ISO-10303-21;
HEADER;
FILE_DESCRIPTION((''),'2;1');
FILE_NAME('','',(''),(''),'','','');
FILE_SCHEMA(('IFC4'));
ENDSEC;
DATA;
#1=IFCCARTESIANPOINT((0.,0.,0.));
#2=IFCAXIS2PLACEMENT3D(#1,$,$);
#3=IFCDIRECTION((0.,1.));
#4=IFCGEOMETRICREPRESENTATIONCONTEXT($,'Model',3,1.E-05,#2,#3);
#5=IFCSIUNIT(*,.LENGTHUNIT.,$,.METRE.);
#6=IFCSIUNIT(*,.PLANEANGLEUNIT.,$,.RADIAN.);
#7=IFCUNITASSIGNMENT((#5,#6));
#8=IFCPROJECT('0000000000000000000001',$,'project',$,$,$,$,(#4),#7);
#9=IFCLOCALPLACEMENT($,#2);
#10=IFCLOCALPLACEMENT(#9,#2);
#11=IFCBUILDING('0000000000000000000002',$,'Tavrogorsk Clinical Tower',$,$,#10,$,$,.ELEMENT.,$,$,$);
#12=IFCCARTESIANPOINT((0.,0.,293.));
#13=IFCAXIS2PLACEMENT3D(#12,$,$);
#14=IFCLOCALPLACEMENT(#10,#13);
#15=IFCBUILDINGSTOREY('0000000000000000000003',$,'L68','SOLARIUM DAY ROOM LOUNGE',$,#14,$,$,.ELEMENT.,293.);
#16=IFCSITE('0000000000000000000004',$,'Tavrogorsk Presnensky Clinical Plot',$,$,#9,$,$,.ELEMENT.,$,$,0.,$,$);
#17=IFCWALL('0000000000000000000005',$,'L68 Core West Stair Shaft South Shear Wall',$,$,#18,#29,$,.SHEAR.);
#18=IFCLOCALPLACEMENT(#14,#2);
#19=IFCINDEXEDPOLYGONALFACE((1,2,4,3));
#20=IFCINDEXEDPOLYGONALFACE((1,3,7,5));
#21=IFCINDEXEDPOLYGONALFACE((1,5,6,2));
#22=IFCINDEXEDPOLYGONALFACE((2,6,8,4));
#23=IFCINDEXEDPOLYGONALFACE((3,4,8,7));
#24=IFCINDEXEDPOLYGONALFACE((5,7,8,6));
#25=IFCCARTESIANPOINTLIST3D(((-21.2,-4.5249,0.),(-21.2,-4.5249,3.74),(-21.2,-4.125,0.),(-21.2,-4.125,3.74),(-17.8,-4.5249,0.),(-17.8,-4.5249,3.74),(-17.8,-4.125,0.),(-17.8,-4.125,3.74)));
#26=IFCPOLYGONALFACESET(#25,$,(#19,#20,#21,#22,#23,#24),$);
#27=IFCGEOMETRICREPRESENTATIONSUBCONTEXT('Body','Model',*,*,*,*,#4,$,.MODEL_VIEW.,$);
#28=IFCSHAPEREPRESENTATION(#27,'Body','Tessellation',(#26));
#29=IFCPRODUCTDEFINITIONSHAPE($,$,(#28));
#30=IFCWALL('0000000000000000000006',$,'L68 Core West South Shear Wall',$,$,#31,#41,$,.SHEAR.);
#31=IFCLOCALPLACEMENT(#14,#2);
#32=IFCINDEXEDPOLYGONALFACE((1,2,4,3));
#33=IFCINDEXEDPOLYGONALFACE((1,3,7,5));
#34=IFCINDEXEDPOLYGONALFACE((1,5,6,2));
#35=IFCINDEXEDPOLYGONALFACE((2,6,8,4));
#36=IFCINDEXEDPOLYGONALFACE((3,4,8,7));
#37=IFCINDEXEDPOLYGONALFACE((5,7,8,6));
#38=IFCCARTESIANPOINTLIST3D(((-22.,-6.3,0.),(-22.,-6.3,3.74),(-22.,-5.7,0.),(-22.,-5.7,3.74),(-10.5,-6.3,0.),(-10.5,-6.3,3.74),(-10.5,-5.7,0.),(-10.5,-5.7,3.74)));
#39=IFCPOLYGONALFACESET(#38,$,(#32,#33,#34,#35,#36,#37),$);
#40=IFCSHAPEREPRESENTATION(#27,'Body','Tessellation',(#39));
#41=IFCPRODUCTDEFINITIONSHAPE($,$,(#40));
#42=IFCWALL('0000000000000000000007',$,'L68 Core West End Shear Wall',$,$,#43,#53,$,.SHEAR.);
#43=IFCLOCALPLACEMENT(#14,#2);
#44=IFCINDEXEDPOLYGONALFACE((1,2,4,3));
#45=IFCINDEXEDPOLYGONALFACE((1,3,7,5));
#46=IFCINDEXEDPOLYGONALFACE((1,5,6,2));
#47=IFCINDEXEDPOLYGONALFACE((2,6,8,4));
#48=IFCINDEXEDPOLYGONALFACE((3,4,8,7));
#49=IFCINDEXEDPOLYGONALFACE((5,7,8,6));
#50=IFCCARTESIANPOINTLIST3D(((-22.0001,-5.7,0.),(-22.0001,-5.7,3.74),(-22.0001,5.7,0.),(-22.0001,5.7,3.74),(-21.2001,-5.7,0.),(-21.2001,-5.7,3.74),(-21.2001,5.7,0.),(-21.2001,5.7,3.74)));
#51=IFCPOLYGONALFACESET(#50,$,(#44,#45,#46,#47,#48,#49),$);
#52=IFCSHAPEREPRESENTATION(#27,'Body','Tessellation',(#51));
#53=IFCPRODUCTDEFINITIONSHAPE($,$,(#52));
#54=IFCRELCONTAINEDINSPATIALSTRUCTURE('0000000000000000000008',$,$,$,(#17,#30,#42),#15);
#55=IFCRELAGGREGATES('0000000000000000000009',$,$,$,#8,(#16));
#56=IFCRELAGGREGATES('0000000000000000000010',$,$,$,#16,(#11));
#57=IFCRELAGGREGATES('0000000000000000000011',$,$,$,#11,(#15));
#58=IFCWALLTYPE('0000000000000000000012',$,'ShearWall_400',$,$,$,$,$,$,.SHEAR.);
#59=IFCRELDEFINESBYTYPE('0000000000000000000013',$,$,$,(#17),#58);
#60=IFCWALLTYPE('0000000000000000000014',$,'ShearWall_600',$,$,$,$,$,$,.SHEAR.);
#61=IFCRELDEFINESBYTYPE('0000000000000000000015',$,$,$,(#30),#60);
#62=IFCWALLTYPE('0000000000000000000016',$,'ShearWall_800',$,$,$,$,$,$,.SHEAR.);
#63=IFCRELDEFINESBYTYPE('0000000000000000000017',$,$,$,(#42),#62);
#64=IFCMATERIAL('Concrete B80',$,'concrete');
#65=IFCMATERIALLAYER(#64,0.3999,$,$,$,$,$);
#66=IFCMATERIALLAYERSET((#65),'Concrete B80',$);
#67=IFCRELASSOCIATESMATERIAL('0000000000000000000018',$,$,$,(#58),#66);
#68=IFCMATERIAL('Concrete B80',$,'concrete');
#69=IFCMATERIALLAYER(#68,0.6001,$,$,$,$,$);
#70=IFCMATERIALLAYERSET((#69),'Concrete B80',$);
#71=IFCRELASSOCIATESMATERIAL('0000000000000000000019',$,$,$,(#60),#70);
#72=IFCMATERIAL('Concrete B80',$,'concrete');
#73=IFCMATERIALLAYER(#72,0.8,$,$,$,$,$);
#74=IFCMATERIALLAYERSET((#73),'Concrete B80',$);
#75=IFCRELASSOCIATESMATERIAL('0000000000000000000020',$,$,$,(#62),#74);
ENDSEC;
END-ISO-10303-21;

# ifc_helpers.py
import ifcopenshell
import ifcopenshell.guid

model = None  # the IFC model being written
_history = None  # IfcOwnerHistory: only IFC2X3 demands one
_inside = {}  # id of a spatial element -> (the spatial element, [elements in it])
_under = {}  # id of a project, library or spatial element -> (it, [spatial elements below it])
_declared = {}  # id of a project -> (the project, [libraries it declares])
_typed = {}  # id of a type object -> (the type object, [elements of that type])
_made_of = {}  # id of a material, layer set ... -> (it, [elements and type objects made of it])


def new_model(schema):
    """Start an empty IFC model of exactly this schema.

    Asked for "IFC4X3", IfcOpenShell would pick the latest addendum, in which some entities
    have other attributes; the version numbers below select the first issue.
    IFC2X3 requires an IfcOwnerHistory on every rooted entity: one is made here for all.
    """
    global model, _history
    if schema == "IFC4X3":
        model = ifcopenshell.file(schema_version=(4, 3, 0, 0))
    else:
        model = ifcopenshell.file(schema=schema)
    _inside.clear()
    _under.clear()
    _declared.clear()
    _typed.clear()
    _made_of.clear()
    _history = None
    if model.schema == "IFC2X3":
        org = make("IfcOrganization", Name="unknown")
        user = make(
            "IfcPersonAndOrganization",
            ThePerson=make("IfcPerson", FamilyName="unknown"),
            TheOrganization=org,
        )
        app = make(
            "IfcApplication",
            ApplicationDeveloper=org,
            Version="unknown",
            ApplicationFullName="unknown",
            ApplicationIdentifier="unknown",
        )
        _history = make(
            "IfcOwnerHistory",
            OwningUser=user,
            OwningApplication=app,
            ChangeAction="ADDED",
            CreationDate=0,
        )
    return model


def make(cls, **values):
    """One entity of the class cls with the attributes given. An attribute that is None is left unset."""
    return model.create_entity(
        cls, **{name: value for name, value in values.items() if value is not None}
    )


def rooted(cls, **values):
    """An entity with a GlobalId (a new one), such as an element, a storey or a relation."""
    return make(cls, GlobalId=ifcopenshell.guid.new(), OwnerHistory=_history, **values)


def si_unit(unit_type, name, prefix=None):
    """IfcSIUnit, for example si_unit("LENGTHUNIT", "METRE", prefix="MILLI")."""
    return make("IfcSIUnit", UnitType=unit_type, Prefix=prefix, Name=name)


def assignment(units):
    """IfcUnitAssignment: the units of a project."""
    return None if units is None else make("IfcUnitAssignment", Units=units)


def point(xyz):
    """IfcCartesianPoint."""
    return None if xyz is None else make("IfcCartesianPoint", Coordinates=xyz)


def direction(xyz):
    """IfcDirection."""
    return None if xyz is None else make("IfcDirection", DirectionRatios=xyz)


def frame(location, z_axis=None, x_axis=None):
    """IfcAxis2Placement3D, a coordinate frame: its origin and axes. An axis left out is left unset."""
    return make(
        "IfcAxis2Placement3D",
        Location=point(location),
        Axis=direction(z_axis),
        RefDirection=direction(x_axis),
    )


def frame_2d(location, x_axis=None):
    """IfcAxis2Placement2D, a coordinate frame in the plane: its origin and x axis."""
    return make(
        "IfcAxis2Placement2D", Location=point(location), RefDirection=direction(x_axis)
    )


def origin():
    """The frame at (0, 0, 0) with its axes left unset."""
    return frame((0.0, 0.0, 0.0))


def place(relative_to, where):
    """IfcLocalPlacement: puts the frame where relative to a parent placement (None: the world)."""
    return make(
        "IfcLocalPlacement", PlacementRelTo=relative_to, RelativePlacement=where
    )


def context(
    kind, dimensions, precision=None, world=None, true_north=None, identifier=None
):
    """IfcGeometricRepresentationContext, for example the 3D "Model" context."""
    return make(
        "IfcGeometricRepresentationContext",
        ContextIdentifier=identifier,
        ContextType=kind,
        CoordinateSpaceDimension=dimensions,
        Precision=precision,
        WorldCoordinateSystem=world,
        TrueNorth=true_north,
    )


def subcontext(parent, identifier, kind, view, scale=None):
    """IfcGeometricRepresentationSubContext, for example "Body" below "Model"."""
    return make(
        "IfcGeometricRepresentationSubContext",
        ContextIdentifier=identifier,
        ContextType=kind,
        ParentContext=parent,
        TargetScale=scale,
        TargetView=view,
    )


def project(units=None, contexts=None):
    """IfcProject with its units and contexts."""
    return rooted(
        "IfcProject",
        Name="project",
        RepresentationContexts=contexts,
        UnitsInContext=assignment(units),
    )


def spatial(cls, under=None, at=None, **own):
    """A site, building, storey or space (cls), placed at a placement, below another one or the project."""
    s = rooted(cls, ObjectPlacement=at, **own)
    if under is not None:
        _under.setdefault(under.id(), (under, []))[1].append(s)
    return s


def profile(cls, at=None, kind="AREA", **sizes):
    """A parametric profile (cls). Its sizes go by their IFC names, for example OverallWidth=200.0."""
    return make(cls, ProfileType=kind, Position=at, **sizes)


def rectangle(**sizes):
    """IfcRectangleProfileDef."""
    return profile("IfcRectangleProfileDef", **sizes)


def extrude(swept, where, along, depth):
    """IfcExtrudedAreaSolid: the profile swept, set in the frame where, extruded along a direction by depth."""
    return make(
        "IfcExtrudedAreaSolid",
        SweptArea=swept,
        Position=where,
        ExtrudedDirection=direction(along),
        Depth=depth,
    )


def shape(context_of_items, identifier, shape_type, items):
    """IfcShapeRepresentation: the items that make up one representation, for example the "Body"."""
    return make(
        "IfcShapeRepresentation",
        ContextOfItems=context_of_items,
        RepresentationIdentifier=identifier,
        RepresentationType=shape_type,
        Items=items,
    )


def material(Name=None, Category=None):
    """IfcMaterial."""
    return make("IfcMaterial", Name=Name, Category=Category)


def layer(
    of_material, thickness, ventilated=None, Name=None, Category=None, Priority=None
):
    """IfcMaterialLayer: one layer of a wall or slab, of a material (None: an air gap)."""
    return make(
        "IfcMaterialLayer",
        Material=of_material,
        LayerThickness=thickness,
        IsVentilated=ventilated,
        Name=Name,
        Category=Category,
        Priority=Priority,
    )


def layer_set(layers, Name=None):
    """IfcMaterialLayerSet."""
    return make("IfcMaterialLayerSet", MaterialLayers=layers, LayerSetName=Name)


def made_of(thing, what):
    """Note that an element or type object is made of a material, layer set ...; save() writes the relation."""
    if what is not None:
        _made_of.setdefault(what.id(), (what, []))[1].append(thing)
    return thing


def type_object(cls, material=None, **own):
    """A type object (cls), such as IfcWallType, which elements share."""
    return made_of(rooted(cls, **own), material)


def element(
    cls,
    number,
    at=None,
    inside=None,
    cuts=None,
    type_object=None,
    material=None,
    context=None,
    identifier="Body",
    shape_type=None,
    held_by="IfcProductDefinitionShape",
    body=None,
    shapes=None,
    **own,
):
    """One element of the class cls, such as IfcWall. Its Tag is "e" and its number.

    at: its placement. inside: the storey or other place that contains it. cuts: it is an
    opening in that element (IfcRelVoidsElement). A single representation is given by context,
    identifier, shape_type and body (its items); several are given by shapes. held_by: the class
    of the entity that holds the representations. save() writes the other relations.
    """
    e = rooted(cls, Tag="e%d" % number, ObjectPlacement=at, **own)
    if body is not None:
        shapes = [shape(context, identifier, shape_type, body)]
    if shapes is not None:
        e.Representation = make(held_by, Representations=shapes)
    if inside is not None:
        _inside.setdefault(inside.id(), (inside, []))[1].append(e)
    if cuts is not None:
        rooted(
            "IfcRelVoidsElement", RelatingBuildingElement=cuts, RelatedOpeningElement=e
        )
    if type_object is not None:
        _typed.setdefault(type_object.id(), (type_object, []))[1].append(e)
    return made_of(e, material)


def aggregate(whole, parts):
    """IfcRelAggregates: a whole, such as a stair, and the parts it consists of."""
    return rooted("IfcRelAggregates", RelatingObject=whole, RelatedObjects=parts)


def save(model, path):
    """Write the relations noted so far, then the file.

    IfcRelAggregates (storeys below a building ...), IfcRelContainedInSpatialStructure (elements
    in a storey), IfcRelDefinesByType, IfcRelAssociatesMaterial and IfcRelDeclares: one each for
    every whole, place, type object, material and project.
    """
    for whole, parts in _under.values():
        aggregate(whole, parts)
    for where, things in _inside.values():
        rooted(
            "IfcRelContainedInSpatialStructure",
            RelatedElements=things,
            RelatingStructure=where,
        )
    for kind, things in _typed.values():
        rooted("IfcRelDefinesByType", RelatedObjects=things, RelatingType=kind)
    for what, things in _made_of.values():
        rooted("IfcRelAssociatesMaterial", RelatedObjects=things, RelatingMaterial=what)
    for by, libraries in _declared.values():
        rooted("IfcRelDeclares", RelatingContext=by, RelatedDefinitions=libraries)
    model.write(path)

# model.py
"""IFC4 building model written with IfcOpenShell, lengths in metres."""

from ifc_helpers import new_model, si_unit, direction, frame, frame_2d, origin, place, context, subcontext, project, spatial, rectangle, extrude, material, layer, layer_set, type_object, element, save


model = new_model("IFC4")

# Units and contexts
model_context = context("Model", 3, precision=1e-05, world=origin(), true_north=direction((0.0, 1.0)))
body_context = subcontext(model_context, "Body", "Model", "MODEL_VIEW")
ifc_project = project(units=[si_unit("LENGTHUNIT", "METRE"), si_unit("PLANEANGLEUNIT", "RADIAN")], contexts=[model_context])

# Site, building, storey
site_placement = place(None, origin())
site = spatial("IfcSite", under=ifc_project, at=site_placement, Name="Tavrogorsk Presnensky Clinical Plot", CompositionType="ELEMENT", RefElevation=0.0)
building_placement = place(site_placement, origin())
building = spatial("IfcBuilding", under=site, at=building_placement, Name="Tavrogorsk Clinical Tower", CompositionType="ELEMENT")
storey_placement = place(building_placement, frame((0.0, 0.0, 293.0)))
storey = spatial("IfcBuildingStorey", under=building, at=storey_placement, Name="L68", Description="SOLARIUM DAY ROOM LOUNGE", CompositionType="ELEMENT", Elevation=293.0)

# Walls
ifc_material_1 = material(Name="Concrete B80", Category="concrete")
ifc_layer_1 = layer(ifc_material_1, 0.3999)
ifc_layer_set_1 = layer_set([ifc_layer_1], Name="Concrete B80")
wall_type_1 = type_object("IfcWallType", Name="ShearWall_400", PredefinedType="SHEAR", material=ifc_layer_set_1)
wall_1_placement = place(storey_placement, frame((-21.2, -4.325, 0.0), z_axis=(0.0, 0.0, 1.0), x_axis=(1.0, 0.0, 0.0)))
element("IfcWall", 1, at=wall_1_placement, inside=storey, type_object=wall_type_1, Name="L68 Core West Stair Shaft South Shear Wall", PredefinedType="SHEAR", context=body_context, shape_type="SweptSolid", body=[
    extrude(rectangle(XDim=3.3999, YDim=0.3999, at=frame_2d((1.7, 0.0))), origin(), (0.0, 0.0, 1.0), 3.74),
])
ifc_material_2 = material(Name="Concrete B80", Category="concrete")
ifc_layer_2 = layer(ifc_material_2, 0.6001)
ifc_layer_set_2 = layer_set([ifc_layer_2], Name="Concrete B80")
wall_type_2 = type_object("IfcWallType", Name="ShearWall_600", PredefinedType="SHEAR", material=ifc_layer_set_2)
wall_2_placement = place(storey_placement, frame((-22.0, -6.0, 0.0), z_axis=(0.0, 0.0, 1.0), x_axis=(1.0, 0.0, 0.0)))
element("IfcWall", 2, at=wall_2_placement, inside=storey, type_object=wall_type_2, Name="L68 Core West South Shear Wall", PredefinedType="SHEAR", context=body_context, shape_type="SweptSolid", body=[
    extrude(rectangle(XDim=11.5, YDim=0.6001, at=frame_2d((5.75, 0.0))), origin(), (0.0, 0.0, 1.0), 3.74),
])
ifc_material_3 = material(Name="Concrete B80", Category="concrete")
ifc_layer_3 = layer(ifc_material_3, 0.8)
ifc_layer_set_3 = layer_set([ifc_layer_3], Name="Concrete B80")
wall_type_3 = type_object("IfcWallType", Name="ShearWall_800", PredefinedType="SHEAR", material=ifc_layer_set_3)
wall_3_placement = place(storey_placement, frame((-21.6001, -5.7, 0.0), z_axis=(0.0, 0.0, 1.0), x_axis=(0.0, 1.0, 0.0)))
element("IfcWall", 3, at=wall_3_placement, inside=storey, type_object=wall_type_3, Name="L68 Core West End Shear Wall", PredefinedType="SHEAR", context=body_context, shape_type="SweptSolid", body=[
    extrude(rectangle(XDim=11.3999, YDim=0.8, at=frame_2d((5.7, 0.0))), origin(), (0.0, 0.0, 1.0), 3.74),
])

save(model, "model.ifc")
